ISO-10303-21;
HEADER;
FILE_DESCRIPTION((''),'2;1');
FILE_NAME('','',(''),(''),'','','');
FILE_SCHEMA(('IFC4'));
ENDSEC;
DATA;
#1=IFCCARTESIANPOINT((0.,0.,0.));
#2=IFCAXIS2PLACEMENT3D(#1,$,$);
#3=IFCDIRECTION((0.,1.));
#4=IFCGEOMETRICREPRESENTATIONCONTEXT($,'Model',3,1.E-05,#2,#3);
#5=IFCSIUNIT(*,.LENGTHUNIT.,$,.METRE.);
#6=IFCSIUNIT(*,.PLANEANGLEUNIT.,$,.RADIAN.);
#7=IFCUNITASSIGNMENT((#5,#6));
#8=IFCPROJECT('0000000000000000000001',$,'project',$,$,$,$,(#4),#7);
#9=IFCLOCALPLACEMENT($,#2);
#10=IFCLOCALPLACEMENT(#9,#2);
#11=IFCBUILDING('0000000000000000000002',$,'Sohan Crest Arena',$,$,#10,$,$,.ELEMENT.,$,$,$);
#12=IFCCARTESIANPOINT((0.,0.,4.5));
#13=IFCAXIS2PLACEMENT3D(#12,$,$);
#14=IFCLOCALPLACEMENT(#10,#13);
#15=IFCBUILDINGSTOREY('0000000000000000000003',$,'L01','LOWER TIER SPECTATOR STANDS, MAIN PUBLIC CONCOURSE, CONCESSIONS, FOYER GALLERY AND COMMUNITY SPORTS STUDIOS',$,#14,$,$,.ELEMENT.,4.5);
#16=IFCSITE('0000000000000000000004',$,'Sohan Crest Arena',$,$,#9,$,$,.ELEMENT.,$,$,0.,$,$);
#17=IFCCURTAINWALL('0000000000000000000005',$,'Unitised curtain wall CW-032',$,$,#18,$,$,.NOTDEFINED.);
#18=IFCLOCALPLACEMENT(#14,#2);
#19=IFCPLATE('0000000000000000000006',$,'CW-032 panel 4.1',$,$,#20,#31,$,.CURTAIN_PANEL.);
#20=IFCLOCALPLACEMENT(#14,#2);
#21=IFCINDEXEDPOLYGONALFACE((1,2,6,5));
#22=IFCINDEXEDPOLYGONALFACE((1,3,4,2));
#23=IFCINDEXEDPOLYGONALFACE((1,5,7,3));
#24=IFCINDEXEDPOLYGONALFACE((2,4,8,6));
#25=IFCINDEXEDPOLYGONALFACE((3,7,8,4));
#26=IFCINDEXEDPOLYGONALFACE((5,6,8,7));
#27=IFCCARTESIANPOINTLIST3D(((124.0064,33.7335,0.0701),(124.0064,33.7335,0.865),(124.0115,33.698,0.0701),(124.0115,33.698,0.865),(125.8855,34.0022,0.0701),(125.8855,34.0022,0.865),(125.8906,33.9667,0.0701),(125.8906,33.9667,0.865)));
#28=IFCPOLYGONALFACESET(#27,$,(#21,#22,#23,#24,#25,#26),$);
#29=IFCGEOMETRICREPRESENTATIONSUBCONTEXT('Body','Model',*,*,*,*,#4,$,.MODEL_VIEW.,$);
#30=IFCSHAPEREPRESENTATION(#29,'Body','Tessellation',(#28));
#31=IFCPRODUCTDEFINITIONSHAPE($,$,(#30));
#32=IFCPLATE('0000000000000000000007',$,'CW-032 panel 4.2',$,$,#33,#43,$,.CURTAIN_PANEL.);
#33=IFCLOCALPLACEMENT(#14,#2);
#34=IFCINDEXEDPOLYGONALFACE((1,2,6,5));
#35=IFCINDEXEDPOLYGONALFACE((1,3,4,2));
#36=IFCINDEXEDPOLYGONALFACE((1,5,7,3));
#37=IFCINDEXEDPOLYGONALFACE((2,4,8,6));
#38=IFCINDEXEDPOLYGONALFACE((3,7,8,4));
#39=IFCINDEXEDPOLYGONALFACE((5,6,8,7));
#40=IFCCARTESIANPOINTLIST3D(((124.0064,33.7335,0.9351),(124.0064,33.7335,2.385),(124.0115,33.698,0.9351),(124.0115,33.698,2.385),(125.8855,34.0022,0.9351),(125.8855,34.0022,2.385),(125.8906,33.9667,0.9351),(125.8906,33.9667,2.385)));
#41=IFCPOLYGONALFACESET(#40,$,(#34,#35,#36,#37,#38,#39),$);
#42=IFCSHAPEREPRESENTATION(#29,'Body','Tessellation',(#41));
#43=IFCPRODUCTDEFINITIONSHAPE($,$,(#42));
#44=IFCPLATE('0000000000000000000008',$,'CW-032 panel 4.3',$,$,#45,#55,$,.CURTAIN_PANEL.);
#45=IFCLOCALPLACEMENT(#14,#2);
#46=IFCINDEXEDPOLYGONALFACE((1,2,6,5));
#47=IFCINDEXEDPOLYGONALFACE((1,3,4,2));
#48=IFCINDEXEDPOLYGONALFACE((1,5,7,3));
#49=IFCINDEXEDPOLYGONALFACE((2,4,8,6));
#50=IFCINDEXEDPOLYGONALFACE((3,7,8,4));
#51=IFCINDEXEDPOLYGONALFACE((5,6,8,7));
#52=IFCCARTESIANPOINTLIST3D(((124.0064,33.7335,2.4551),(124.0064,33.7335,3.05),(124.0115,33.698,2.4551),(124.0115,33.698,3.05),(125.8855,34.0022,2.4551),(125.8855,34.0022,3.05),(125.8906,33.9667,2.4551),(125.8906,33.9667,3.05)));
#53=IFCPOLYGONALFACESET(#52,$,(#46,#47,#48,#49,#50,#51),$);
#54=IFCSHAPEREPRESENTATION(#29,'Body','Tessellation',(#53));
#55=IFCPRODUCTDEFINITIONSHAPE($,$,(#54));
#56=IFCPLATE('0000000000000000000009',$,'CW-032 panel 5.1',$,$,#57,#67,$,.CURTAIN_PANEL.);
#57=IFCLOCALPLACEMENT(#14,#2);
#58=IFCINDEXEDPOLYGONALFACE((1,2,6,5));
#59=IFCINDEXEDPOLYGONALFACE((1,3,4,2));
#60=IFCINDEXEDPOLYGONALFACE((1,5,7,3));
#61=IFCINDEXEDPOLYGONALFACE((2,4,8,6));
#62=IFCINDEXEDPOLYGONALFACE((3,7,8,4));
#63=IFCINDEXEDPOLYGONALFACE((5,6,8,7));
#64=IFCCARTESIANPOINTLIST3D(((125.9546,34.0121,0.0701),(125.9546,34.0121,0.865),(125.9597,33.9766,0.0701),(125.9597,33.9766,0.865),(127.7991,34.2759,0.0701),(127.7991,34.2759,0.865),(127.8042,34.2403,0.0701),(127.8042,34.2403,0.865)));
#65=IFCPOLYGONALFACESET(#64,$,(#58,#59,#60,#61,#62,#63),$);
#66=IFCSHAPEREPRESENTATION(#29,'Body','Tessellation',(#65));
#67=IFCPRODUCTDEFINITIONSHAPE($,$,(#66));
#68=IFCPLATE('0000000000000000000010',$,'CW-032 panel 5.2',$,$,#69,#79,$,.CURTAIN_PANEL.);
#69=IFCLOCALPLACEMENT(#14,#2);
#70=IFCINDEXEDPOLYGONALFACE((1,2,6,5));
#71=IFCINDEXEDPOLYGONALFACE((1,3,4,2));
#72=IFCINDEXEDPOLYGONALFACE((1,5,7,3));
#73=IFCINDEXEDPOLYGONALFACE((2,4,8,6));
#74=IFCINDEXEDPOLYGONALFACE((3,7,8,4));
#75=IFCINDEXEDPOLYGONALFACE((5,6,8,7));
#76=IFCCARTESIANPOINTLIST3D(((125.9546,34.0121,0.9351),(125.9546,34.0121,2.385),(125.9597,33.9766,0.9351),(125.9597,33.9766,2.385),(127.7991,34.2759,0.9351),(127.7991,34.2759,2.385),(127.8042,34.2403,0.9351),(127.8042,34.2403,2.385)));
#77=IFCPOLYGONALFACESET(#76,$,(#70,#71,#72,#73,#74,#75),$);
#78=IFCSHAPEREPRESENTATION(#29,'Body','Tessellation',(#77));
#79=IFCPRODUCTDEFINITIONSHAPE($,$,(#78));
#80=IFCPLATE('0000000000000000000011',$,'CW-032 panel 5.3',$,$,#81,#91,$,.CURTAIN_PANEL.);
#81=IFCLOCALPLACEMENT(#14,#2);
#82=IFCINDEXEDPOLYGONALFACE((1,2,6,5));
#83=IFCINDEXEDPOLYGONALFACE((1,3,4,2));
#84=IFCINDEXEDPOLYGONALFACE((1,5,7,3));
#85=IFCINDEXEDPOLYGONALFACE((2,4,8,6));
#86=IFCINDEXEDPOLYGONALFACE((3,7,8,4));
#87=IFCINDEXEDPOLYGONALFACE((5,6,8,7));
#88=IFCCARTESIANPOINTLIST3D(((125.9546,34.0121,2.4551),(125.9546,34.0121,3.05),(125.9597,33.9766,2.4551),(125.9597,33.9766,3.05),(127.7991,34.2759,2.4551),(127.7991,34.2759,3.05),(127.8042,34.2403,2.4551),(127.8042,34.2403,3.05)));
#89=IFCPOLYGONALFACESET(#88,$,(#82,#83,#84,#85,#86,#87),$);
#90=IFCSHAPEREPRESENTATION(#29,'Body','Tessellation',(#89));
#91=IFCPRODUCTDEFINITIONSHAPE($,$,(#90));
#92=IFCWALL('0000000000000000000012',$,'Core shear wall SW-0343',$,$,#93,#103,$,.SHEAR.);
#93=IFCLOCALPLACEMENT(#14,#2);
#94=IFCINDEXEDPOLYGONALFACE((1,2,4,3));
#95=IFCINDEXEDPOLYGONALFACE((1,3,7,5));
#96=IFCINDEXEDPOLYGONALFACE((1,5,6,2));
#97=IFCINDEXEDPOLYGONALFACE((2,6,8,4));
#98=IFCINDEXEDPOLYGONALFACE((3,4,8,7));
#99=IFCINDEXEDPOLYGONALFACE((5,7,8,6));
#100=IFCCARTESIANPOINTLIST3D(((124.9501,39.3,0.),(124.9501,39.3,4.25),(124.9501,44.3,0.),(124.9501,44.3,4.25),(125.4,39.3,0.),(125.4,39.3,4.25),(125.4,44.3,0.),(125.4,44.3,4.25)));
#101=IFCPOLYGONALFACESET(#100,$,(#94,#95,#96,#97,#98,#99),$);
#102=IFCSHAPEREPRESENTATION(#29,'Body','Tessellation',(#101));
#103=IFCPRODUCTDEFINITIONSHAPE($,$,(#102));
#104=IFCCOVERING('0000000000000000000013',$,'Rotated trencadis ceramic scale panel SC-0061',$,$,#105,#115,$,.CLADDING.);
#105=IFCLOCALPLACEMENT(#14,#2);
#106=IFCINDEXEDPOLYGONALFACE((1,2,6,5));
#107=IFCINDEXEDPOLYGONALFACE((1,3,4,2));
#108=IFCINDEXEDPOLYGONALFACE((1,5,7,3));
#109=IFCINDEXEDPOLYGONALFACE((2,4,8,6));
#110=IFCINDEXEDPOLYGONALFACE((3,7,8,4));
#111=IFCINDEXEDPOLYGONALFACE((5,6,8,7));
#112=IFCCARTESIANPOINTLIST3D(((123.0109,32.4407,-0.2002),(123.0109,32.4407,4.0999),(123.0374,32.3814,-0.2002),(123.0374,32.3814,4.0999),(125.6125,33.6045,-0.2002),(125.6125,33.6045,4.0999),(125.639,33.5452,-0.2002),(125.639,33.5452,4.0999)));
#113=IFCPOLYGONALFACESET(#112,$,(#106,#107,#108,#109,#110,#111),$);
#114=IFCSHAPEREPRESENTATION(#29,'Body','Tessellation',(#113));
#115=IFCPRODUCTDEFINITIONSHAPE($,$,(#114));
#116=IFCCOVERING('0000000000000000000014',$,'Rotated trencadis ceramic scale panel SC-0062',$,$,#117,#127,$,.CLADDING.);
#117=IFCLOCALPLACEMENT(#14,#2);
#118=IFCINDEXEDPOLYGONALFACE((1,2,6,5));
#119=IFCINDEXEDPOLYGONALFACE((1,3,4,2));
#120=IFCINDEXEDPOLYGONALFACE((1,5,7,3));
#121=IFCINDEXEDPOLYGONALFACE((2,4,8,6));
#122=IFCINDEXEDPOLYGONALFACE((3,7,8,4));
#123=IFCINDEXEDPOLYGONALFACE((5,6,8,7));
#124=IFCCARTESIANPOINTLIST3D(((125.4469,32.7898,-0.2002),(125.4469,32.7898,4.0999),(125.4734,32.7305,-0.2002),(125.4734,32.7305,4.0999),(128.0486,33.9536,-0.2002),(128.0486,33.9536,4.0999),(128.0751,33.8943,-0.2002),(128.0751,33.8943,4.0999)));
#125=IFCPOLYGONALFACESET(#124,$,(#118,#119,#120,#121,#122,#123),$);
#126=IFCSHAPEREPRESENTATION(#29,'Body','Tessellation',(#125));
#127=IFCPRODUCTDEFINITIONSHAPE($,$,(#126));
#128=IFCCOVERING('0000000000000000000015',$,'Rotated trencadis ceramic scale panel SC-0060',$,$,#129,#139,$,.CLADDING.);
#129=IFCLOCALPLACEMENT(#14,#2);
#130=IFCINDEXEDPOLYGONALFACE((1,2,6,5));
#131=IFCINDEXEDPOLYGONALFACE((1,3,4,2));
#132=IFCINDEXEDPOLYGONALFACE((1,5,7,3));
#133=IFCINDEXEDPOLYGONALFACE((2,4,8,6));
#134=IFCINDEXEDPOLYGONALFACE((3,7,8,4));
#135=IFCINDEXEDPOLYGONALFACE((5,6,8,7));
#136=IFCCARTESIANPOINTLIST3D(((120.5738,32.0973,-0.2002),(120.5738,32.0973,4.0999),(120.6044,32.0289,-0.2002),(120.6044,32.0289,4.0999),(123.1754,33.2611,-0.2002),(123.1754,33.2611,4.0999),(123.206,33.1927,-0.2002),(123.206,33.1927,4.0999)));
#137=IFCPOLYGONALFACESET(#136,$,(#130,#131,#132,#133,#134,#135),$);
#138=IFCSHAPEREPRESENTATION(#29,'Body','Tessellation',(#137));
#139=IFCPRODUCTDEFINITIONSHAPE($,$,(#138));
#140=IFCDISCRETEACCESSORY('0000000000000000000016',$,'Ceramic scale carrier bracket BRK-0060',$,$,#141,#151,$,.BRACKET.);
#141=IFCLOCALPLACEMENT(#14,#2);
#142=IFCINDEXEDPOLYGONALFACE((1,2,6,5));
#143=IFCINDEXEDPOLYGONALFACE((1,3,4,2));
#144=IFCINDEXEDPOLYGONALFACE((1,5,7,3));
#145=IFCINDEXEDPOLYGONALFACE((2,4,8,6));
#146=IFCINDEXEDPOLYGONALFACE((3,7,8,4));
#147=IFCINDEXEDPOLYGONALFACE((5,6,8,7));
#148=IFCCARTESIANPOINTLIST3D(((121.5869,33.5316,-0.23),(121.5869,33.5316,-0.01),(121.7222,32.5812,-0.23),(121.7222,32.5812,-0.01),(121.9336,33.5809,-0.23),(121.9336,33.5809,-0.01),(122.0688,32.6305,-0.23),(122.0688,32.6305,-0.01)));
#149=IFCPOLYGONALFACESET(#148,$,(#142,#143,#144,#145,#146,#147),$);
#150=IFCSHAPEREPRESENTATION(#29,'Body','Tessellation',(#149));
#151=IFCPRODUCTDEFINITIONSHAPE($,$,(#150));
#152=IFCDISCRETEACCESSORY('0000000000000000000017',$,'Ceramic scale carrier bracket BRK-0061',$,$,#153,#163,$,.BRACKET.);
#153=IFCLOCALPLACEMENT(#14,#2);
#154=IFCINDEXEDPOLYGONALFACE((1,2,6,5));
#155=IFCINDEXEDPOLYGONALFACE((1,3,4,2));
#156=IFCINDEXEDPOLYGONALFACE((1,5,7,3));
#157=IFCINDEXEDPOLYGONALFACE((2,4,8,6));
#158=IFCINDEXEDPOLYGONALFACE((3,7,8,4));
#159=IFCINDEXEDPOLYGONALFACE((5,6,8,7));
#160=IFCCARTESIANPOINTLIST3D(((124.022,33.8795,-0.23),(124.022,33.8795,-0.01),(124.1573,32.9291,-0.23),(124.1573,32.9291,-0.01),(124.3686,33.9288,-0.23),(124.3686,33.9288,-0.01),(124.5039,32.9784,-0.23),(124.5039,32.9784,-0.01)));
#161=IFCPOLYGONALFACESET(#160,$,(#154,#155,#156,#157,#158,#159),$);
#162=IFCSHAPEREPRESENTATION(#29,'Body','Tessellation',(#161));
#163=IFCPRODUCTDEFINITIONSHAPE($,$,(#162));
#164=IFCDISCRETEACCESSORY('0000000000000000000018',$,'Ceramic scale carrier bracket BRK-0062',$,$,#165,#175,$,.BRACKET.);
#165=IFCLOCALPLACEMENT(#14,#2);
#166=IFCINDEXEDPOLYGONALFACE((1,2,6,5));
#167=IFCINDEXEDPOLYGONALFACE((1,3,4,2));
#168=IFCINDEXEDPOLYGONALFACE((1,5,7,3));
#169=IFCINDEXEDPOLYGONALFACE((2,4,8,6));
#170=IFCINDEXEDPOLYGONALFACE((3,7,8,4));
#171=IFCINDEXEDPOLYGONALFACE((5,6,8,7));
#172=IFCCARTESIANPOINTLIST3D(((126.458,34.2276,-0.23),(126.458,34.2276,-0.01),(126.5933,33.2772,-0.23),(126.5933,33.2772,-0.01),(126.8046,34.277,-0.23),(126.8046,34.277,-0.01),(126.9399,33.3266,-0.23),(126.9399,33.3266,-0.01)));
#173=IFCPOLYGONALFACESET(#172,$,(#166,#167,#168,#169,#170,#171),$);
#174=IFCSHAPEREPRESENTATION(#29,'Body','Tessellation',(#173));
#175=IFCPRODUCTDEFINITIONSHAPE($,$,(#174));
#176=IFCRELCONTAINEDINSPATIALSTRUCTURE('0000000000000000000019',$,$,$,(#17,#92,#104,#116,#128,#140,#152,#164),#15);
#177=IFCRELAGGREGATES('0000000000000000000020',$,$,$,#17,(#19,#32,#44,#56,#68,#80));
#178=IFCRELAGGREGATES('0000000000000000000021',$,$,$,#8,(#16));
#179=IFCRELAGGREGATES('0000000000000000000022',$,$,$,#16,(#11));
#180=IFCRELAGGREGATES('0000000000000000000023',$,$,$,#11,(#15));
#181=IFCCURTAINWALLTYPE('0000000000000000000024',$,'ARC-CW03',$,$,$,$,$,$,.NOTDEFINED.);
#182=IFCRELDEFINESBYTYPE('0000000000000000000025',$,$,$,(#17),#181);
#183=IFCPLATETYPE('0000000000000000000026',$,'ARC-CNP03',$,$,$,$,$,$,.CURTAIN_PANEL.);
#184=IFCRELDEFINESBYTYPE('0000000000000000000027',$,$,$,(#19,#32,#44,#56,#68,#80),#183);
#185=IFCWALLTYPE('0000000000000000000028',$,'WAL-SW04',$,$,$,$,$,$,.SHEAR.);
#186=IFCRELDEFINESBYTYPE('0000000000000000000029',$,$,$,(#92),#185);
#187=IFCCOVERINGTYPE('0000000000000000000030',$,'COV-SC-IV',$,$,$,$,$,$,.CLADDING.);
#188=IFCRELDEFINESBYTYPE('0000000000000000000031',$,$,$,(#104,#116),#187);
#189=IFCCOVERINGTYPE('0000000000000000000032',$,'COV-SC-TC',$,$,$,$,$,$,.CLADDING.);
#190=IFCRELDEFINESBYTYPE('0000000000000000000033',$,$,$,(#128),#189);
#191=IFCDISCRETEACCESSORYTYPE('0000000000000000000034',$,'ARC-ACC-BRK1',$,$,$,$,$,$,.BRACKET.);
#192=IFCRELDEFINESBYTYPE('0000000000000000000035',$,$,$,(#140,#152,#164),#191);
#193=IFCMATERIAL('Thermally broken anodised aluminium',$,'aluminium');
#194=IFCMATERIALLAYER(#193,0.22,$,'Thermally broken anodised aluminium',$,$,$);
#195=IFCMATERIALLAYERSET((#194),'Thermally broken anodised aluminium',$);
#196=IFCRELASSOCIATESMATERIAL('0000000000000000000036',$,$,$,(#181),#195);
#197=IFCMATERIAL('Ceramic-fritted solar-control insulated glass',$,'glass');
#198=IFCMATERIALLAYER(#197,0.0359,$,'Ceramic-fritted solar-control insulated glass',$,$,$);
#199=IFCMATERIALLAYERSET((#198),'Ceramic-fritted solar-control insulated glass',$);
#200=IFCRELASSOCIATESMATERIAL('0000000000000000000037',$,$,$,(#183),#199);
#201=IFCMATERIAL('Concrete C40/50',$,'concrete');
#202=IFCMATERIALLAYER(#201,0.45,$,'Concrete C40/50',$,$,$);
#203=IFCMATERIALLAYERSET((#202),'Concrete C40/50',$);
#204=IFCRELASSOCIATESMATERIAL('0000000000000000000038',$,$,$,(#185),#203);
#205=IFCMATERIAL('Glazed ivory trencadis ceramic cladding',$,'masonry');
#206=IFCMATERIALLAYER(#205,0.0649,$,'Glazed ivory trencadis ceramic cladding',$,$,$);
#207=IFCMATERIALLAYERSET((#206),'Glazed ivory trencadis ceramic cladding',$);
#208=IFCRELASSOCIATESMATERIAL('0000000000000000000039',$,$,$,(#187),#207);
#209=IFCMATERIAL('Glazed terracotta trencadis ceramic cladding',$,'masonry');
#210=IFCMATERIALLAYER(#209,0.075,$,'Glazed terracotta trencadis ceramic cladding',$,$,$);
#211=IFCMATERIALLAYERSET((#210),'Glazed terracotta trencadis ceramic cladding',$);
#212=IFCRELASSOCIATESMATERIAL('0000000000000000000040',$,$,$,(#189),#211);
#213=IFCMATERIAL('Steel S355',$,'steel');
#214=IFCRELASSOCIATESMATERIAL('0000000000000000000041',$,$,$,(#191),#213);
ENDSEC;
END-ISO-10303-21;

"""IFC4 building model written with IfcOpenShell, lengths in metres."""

from ifc_helpers import new_model, si_unit, direction, frame, frame_2d, origin, origin_2d, place, context, subcontext, project, spatial, rectangle, extrude, material, layer, layer_set, type_object, element, aggregate, save


model = new_model("IFC4")

# Units and contexts
model_context = context("Model", 3, precision=1e-05, world=origin(), true_north=direction((0.0, 1.0)))
body_context = subcontext(model_context, "Body", "Model", "MODEL_VIEW")
ifc_project = project(units=[si_unit("LENGTHUNIT", "METRE"), si_unit("PLANEANGLEUNIT", "RADIAN")], contexts=[model_context])

# Site, building, storey
site_placement = place(None, origin())
site = spatial("IfcSite", under=ifc_project, at=site_placement, Name="Sohan Crest Arena", CompositionType="ELEMENT", RefElevation=0.0)
building_placement = place(site_placement, origin())
building = spatial("IfcBuilding", under=site, at=building_placement, Name="Sohan Crest Arena", CompositionType="ELEMENT")
storey_placement = place(building_placement, frame((0.0, 0.0, 4.5)))
storey = spatial("IfcBuildingStorey", under=building, at=storey_placement, Name="L01", Description="LOWER TIER SPECTATOR STANDS, MAIN PUBLIC CONCOURSE, CONCESSIONS, FOYER GALLERY AND COMMUNITY SPORTS STUDIOS", CompositionType="ELEMENT", Elevation=4.5)

# Shared definitions
ifc_material_1 = material(Name="Steel S355", Category="steel")

# Curtain wall
ifc_material_2 = material(Name="Thermally broken anodised aluminium", Category="aluminium")
ifc_layer_1 = layer(ifc_material_2, 0.22, Name="Thermally broken anodised aluminium")
ifc_layer_set_1 = layer_set([ifc_layer_1], Name="Thermally broken anodised aluminium")
curtain_wall_type = type_object("IfcCurtainWallType", Name="ARC-CW03", PredefinedType="NOTDEFINED", material=ifc_layer_set_1)
curtain_wall_placement = place(storey_placement, origin())
curtain_wall = element("IfcCurtainWall", 1, at=curtain_wall_placement, inside=storey, type_object=curtain_wall_type, Name="Unitised curtain wall CW-032", PredefinedType="NOTDEFINED")

# Plates
ifc_material_3 = material(Name="Ceramic-fritted solar-control insulated glass", Category="glass")
ifc_layer_2 = layer(ifc_material_3, 0.0359, Name="Ceramic-fritted solar-control insulated glass")
ifc_layer_set_2 = layer_set([ifc_layer_2], Name="Ceramic-fritted solar-control insulated glass")
plate_type = type_object("IfcPlateType", Name="ARC-CNP03", PredefinedType="CURTAIN_PANEL", material=ifc_layer_set_2)
plate_1_placement = place(storey_placement, frame((124.9485, 33.8501, 0.0701), z_axis=(0.0, 0.0, 1.0), x_axis=(0.989931, 0.141549, 0.0)))
plate_1 = element("IfcPlate", 2, at=plate_1_placement, type_object=plate_type, Name="CW-032 panel 4.1", PredefinedType="CURTAIN_PANEL", context=body_context, shape_type="SweptSolid", body=[
    extrude(rectangle(XDim=1.8982, YDim=0.0359, at=origin_2d()), origin(), (0.0, 0.0, 1.0), 0.7949),
])
plate_2_placement = place(storey_placement, frame((124.9485, 33.8501, 0.9351), z_axis=(0.0, 0.0, 1.0), x_axis=(0.989931, 0.141549, 0.0)))
plate_2 = element("IfcPlate", 3, at=plate_2_placement, type_object=plate_type, Name="CW-032 panel 4.2", PredefinedType="CURTAIN_PANEL", context=body_context, shape_type="SweptSolid", body=[
    extrude(rectangle(XDim=1.8982, YDim=0.0359, at=origin_2d()), origin(), (0.0, 0.0, 1.0), 1.45),
])
plate_3_placement = place(storey_placement, frame((124.9485, 33.8501, 2.4551), z_axis=(0.0, 0.0, 1.0), x_axis=(0.989931, 0.141549, 0.0)))
plate_3 = element("IfcPlate", 4, at=plate_3_placement, type_object=plate_type, Name="CW-032 panel 4.3", PredefinedType="CURTAIN_PANEL", context=body_context, shape_type="SweptSolid", body=[
    extrude(rectangle(XDim=1.8982, YDim=0.0359, at=origin_2d()), origin(), (0.0, 0.0, 1.0), 0.595),
])
plate_4_placement = place(storey_placement, frame((126.8794, 34.1262, 0.0701), z_axis=(0.0, 0.0, 1.0), x_axis=(0.989931, 0.141549, 0.0)))
plate_4 = element("IfcPlate", 5, at=plate_4_placement, type_object=plate_type, Name="CW-032 panel 5.1", PredefinedType="CURTAIN_PANEL", context=body_context, shape_type="SweptSolid", body=[
    extrude(rectangle(XDim=1.8633, YDim=0.0359, at=origin_2d()), origin(), (0.0, 0.0, 1.0), 0.7949),
])
plate_5_placement = place(storey_placement, frame((126.8794, 34.1262, 0.9351), z_axis=(0.0, 0.0, 1.0), x_axis=(0.989931, 0.141549, 0.0)))
plate_5 = element("IfcPlate", 6, at=plate_5_placement, type_object=plate_type, Name="CW-032 panel 5.2", PredefinedType="CURTAIN_PANEL", context=body_context, shape_type="SweptSolid", body=[
    extrude(rectangle(XDim=1.8633, YDim=0.0359, at=origin_2d()), origin(), (0.0, 0.0, 1.0), 1.45),
])
plate_6_placement = place(storey_placement, frame((126.8794, 34.1262, 2.4551), z_axis=(0.0, 0.0, 1.0), x_axis=(0.989931, 0.141549, 0.0)))
plate_6 = element("IfcPlate", 7, at=plate_6_placement, type_object=plate_type, Name="CW-032 panel 5.3", PredefinedType="CURTAIN_PANEL", context=body_context, shape_type="SweptSolid", body=[
    extrude(rectangle(XDim=1.8633, YDim=0.0359, at=origin_2d()), origin(), (0.0, 0.0, 1.0), 0.595),
])
aggregate(curtain_wall, [plate_1, plate_2, plate_3, plate_4, plate_5, plate_6])

# Wall
ifc_material_4 = material(Name="Concrete C40/50", Category="concrete")
ifc_layer_3 = layer(ifc_material_4, 0.45, Name="Concrete C40/50")
ifc_layer_set_3 = layer_set([ifc_layer_3], Name="Concrete C40/50")
wall_type = type_object("IfcWallType", Name="WAL-SW04", PredefinedType="SHEAR", material=ifc_layer_set_3)
wall_placement = place(storey_placement, frame((125.175, 39.3, 0.0), z_axis=(0.0, 0.0, 1.0), x_axis=(0.0, 1.0, 0.0)))
element("IfcWall", 8, at=wall_placement, inside=storey, type_object=wall_type, Name="Core shear wall SW-0343", PredefinedType="SHEAR", context=body_context, shape_type="SweptSolid", body=[
    extrude(rectangle(XDim=5.0, YDim=0.45, at=frame_2d((2.5, 0.0))), origin(), (0.0, 0.0, 1.0), 4.25),
])

# Coverings
ifc_material_5 = material(Name="Glazed ivory trencadis ceramic cladding", Category="masonry")
ifc_layer_4 = layer(ifc_material_5, 0.0649, Name="Glazed ivory trencadis ceramic cladding")
ifc_layer_set_4 = layer_set([ifc_layer_4], Name="Glazed ivory trencadis ceramic cladding")
covering_type_1 = type_object("IfcCoveringType", Name="COV-SC-IV", PredefinedType="CLADDING", material=ifc_layer_set_4)
for number, where, z_axis, x_axis, name in (
    (9, (124.325, 32.9929, -0.2002), (0.0, 0.0, 1.0), (0.912834, 0.40833, 0.0), "Rotated trencadis ceramic scale panel SC-0061"),
    (10, (126.761, 33.342, -0.2002), (0.0, 0.0, 1.0), (0.912834, 0.40833, 0.0), "Rotated trencadis ceramic scale panel SC-0062"),
):
    element("IfcCovering", number, at=place(storey_placement, frame(where, z_axis=z_axis, x_axis=x_axis)), inside=storey, type_object=covering_type_1, Name=name, PredefinedType="CLADDING", context=body_context, shape_type="SweptSolid", body=[
        extrude(rectangle(XDim=2.8501, YDim=0.0649, at=origin_2d()), origin(), (0.0, 0.0, 1.0), 4.3),
    ])
ifc_material_6 = material(Name="Glazed terracotta trencadis ceramic cladding", Category="masonry")
ifc_layer_5 = layer(ifc_material_6, 0.075, Name="Glazed terracotta trencadis ceramic cladding")
ifc_layer_set_5 = layer_set([ifc_layer_5], Name="Glazed terracotta trencadis ceramic cladding")
covering_type_2 = type_object("IfcCoveringType", Name="COV-SC-TC", PredefinedType="CLADDING", material=ifc_layer_set_5)
covering_placement = place(storey_placement, frame((121.8899, 32.645, -0.2002), z_axis=(0.0, 0.0, 1.0), x_axis=(0.912834, 0.40833, 0.0)))
element("IfcCovering", 11, at=covering_placement, inside=storey, type_object=covering_type_2, Name="Rotated trencadis ceramic scale panel SC-0060", PredefinedType="CLADDING", context=body_context, shape_type="SweptSolid", body=[
    extrude(rectangle(XDim=2.8501, YDim=0.075, at=origin_2d()), origin(), (0.0, 0.0, 1.0), 4.3),
])

# Discrete accessories
discrete_accessory_type = type_object("IfcDiscreteAccessoryType", Name="ARC-ACC-BRK1", PredefinedType="BRACKET", material=ifc_material_1)
for number, where, z_axis, x_axis, name in (
    (12, (121.8279, 33.0811, -0.23), (0.0, 0.0, 1.0), (0.990024, 0.140901, 0.0), "Ceramic scale carrier bracket BRK-0060"),
    (13, (124.2629, 33.429, -0.23), (0.0, 0.0, 1.0), (0.990024, 0.140901, 0.0), "Ceramic scale carrier bracket BRK-0061"),
    (14, (126.699, 33.7771, -0.23), (0.0, 0.0, 1.0), (0.990024, 0.140901, 0.0), "Ceramic scale carrier bracket BRK-0062"),
):
    element("IfcDiscreteAccessory", number, at=place(storey_placement, frame(where, z_axis=z_axis, x_axis=x_axis)), inside=storey, type_object=discrete_accessory_type, Name=name, PredefinedType="BRACKET", context=body_context, shape_type="SweptSolid", body=[
        extrude(rectangle(XDim=0.3501, YDim=0.96, at=origin_2d()), origin(), (0.0, 0.0, 1.0), 0.22),
    ])

save(model, "model.ifc")
